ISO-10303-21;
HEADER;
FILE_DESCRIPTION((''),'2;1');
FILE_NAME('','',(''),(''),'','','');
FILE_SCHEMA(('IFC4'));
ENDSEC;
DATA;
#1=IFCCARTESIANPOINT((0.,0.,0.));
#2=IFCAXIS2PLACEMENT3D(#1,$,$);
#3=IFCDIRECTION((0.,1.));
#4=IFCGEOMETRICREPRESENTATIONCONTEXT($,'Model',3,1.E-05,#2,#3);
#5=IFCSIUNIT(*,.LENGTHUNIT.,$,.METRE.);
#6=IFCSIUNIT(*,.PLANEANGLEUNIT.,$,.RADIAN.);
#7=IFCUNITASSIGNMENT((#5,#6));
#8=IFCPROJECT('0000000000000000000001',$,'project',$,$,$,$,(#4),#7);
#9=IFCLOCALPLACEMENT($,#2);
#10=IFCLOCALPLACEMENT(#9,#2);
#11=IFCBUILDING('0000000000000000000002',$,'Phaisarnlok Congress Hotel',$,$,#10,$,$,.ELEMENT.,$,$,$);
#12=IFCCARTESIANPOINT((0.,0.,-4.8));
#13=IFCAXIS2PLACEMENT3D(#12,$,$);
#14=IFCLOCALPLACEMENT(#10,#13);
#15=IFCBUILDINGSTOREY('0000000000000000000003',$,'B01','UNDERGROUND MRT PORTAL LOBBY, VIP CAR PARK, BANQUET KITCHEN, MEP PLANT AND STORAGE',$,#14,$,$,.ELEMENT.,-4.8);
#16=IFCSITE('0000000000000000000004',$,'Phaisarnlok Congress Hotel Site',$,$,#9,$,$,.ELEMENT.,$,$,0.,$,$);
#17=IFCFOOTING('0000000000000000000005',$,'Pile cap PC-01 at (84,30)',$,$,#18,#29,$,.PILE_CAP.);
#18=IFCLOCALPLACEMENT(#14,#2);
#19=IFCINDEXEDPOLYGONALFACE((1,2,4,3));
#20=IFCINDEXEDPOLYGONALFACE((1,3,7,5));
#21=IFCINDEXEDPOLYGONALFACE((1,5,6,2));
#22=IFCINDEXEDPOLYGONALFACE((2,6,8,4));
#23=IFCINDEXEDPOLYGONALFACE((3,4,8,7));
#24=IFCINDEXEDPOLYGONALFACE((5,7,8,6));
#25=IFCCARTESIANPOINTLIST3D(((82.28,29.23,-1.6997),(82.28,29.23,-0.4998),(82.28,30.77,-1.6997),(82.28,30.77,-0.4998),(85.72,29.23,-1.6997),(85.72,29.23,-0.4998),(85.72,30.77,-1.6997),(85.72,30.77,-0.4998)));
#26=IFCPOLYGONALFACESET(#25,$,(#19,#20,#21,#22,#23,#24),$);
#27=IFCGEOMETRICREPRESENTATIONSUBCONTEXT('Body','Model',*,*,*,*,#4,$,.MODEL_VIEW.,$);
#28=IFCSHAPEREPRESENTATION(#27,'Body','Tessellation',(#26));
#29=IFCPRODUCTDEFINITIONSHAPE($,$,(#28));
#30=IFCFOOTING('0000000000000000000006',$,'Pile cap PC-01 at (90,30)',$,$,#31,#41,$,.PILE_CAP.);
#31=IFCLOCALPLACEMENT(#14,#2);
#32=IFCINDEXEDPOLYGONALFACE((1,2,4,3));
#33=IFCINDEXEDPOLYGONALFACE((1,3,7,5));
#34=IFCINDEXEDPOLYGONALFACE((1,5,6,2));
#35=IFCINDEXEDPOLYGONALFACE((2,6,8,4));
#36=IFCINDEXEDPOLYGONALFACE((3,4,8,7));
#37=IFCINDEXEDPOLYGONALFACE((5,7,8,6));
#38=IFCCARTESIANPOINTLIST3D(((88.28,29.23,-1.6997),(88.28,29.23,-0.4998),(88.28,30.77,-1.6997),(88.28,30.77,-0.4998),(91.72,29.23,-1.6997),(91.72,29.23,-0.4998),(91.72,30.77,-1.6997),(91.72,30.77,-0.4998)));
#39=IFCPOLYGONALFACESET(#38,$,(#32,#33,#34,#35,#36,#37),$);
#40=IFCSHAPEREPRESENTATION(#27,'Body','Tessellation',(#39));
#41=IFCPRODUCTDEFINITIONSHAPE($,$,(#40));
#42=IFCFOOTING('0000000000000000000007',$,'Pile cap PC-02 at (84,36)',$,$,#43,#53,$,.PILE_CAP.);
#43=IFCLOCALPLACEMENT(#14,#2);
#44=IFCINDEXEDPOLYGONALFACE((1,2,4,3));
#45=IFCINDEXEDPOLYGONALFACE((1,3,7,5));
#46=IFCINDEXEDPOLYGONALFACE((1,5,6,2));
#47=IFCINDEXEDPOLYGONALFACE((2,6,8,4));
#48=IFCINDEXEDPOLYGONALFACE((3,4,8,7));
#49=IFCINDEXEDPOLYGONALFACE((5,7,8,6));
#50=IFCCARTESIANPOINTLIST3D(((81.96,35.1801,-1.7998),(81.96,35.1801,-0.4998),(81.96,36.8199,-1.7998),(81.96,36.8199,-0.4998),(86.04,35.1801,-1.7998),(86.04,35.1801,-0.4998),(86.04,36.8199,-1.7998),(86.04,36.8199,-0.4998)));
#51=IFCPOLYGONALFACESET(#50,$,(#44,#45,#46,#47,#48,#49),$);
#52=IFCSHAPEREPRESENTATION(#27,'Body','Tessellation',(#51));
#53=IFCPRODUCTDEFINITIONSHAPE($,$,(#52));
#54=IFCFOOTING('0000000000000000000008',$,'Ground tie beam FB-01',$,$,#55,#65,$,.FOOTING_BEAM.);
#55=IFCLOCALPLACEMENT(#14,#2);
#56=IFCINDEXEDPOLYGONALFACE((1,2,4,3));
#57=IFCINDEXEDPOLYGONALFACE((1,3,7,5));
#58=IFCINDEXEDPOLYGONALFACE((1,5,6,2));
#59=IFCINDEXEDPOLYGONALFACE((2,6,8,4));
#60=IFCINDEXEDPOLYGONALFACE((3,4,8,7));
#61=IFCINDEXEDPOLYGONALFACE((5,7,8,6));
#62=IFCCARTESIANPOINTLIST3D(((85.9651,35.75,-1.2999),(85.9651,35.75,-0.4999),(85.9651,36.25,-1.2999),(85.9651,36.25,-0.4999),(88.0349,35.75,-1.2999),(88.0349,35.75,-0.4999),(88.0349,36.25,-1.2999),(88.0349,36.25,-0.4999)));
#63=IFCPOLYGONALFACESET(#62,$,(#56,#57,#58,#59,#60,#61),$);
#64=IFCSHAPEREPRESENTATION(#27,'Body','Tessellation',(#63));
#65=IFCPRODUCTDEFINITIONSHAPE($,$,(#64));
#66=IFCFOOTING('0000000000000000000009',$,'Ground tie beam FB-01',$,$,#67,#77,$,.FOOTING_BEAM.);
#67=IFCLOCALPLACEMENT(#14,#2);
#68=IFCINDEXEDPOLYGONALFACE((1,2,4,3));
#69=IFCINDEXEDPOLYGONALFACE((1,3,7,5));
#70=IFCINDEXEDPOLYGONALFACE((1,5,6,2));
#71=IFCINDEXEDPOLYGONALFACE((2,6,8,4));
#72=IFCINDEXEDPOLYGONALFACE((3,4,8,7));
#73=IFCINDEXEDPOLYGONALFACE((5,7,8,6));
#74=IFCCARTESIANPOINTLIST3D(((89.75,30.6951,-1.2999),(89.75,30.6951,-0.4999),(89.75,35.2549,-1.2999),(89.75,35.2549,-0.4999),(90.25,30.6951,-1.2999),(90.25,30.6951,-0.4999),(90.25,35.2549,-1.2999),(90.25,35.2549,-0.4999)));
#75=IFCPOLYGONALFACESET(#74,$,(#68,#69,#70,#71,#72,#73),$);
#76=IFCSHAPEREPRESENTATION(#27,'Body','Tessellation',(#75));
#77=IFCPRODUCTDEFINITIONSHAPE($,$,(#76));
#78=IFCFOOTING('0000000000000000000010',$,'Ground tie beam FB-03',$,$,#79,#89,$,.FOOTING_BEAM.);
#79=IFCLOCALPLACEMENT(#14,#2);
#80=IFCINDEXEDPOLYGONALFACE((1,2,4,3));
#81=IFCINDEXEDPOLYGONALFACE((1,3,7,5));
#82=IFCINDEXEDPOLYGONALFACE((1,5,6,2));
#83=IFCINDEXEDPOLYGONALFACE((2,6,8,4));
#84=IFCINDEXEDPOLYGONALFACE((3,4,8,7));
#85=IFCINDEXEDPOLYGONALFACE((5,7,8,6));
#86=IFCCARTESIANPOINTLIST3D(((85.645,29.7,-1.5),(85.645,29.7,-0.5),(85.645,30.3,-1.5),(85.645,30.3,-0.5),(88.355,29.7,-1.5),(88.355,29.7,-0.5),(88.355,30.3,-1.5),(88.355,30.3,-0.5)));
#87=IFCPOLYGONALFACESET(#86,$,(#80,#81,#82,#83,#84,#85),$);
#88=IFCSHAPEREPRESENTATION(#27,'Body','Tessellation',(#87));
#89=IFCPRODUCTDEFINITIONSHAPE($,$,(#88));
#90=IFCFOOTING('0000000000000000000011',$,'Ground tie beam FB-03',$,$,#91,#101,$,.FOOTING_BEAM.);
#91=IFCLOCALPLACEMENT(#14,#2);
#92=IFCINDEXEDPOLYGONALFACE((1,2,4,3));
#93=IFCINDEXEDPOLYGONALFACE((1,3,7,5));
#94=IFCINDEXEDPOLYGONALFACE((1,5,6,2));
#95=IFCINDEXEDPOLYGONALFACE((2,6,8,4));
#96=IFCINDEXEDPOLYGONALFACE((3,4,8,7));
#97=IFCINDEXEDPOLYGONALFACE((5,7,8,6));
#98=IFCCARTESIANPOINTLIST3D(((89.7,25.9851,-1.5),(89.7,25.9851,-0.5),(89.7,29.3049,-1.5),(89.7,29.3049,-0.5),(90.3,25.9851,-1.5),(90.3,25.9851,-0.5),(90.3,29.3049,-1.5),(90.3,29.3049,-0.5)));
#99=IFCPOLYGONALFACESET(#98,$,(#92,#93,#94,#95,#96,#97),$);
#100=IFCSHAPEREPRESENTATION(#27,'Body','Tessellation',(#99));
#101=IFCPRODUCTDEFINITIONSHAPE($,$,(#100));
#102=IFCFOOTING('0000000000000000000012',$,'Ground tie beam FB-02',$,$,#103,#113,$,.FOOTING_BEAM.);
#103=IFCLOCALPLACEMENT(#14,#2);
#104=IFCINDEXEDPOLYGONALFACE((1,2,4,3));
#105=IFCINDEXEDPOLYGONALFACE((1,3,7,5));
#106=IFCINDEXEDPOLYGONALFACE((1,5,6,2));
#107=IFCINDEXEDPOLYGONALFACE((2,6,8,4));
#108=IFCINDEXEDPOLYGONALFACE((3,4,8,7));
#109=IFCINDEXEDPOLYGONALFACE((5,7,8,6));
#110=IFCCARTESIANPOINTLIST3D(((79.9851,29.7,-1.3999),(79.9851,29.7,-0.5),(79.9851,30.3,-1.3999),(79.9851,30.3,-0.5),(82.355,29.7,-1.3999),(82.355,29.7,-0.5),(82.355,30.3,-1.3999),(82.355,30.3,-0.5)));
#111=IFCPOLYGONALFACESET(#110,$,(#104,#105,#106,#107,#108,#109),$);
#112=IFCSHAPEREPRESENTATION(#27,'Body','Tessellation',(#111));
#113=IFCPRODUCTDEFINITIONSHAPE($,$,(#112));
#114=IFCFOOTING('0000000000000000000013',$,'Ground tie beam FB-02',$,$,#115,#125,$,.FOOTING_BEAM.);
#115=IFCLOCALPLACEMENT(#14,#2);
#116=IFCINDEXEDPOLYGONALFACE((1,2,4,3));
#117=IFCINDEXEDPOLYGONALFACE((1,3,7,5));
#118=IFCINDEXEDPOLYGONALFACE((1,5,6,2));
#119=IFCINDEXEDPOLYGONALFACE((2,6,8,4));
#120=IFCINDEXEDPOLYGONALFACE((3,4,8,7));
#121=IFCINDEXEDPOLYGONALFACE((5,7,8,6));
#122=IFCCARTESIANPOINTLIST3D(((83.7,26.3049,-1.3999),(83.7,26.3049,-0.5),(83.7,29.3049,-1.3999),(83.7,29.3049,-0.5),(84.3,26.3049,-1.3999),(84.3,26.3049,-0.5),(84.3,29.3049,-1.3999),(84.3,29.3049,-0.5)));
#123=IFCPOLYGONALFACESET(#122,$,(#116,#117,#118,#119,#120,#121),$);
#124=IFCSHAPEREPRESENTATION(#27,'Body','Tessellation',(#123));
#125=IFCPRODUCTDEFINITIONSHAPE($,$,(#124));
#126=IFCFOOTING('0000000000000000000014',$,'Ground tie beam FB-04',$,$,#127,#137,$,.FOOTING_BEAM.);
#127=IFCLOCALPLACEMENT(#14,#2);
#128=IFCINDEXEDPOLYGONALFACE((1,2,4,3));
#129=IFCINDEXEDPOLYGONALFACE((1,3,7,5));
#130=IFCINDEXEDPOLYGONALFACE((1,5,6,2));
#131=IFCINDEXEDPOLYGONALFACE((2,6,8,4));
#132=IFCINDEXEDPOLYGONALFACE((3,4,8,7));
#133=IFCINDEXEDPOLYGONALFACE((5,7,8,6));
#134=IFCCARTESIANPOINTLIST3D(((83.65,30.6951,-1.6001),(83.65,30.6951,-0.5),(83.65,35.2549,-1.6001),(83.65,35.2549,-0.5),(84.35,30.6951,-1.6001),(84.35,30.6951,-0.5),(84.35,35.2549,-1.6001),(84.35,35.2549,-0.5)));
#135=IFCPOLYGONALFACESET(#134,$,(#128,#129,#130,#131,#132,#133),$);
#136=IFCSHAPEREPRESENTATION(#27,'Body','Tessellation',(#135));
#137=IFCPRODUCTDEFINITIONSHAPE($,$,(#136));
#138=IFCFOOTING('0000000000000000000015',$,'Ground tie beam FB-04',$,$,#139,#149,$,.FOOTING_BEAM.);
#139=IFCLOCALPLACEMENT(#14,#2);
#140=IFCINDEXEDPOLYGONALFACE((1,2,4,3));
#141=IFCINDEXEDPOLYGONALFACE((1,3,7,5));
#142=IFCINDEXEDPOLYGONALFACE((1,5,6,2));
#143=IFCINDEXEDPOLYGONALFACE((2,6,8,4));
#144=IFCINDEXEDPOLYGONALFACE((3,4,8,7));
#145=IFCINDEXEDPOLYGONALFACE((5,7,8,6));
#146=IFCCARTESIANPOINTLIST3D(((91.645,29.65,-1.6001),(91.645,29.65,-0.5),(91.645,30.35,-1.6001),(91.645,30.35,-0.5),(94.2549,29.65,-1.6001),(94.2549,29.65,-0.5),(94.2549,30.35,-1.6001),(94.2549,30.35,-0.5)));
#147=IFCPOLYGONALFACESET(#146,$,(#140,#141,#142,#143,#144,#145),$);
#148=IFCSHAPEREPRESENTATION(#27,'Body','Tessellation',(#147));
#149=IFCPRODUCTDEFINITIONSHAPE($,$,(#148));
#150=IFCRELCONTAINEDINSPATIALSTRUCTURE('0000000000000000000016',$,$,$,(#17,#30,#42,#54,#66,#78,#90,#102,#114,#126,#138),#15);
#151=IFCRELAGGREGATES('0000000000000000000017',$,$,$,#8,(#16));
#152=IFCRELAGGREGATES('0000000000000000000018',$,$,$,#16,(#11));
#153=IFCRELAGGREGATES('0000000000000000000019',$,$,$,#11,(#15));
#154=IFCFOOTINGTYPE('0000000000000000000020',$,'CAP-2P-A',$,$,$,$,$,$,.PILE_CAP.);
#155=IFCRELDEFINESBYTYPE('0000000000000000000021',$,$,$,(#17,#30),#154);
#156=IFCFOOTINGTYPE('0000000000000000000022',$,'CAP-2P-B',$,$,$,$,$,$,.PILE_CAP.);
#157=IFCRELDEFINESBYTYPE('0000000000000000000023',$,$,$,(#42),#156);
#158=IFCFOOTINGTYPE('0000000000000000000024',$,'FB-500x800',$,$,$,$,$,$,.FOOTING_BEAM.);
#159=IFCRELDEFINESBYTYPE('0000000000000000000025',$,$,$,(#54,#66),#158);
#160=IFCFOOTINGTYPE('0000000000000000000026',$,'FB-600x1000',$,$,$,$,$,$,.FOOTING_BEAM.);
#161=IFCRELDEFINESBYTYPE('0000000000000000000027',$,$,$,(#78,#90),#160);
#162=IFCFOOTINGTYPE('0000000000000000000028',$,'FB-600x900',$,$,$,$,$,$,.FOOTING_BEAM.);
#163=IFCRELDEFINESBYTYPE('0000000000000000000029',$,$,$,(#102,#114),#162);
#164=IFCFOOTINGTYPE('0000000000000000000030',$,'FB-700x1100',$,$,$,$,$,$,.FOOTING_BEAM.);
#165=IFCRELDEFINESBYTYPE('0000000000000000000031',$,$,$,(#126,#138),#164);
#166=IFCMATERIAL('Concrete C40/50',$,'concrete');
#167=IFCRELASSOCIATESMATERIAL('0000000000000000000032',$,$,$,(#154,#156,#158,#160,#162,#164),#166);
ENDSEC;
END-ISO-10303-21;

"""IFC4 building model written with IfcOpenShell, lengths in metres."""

from ifc_helpers import new_model, si_unit, direction, frame, origin, origin_2d, place, context, subcontext, project, spatial, rectangle, extrude, material, material_profile, profile_set, type_object, element, save


model = new_model("IFC4")

# Units and contexts
model_context = context("Model", 3, precision=1e-05, world=origin(), true_north=direction((0.0, 1.0)))
body_context = subcontext(model_context, "Body", "Model", "MODEL_VIEW")
ifc_project = project(units=[si_unit("LENGTHUNIT", "METRE"), si_unit("PLANEANGLEUNIT", "RADIAN")], contexts=[model_context])

# Site, building, storey
site_placement = place(None, origin())
site = spatial("IfcSite", under=ifc_project, at=site_placement, Name="Phaisarnlok Congress Hotel Site", CompositionType="ELEMENT", RefElevation=0.0)
building_placement = place(site_placement, origin())
building = spatial("IfcBuilding", under=site, at=building_placement, Name="Phaisarnlok Congress Hotel", CompositionType="ELEMENT")
storey_placement = place(building_placement, frame((0.0, 0.0, -4.8)))
storey = spatial("IfcBuildingStorey", under=building, at=storey_placement, Name="B01", Description="UNDERGROUND MRT PORTAL LOBBY, VIP CAR PARK, BANQUET KITCHEN, MEP PLANT AND STORAGE", CompositionType="ELEMENT", Elevation=-4.8)

# Footings
ifc_material_1 = material(Name="Concrete C40/50", Category="concrete")
footing_type_1 = type_object("IfcFootingType", Name="CAP-2P-A", PredefinedType="PILE_CAP", material=ifc_material_1)
for number, where, z_axis, x_axis, name in (
    (1, (84.0, 30.0, -1.6997), (0.0, 0.0, 1.0), (1.0, 0.0, 0.0), "Pile cap PC-01 at (84,30)"),
    (2, (90.0, 30.0, -1.6997), (0.0, 0.0, 1.0), (1.0, 0.0, 0.0), "Pile cap PC-01 at (90,30)"),
):
    element("IfcFooting", number, at=place(storey_placement, frame(where, z_axis=z_axis, x_axis=x_axis)), inside=storey, type_object=footing_type_1, Name=name, PredefinedType="PILE_CAP", context=body_context, shape_type="SweptSolid", body=[
        extrude(rectangle(XDim=3.4399, YDim=1.54, at=origin_2d()), origin(), (0.0, 0.0, 1.0), 1.2),
    ])
footing_type_2 = type_object("IfcFootingType", Name="CAP-2P-B", PredefinedType="PILE_CAP", material=ifc_material_1)
footing_1_placement = place(storey_placement, frame((84.0, 36.0, -1.7998), z_axis=(0.0, 0.0, 1.0), x_axis=(1.0, 0.0, 0.0)))
element("IfcFooting", 3, at=footing_1_placement, inside=storey, type_object=footing_type_2, Name="Pile cap PC-02 at (84,36)", PredefinedType="PILE_CAP", context=body_context, shape_type="SweptSolid", body=[
    extrude(rectangle(XDim=4.0801, YDim=1.6399, at=origin_2d()), origin(), (0.0, 0.0, 1.0), 1.3),
])
ifc_material_profile_1 = material_profile(ifc_material_1, rectangle(XDim=0.5, YDim=0.8, at=origin_2d()), Name="FB-500x800")
ifc_profile_set_1 = profile_set([ifc_material_profile_1], Name="Concrete C40/50")
footing_type_3 = type_object("IfcFootingType", Name="FB-500x800", PredefinedType="FOOTING_BEAM", material=ifc_profile_set_1)
footing_2_placement = place(storey_placement, frame((85.9651, 36.0, -0.8999), z_axis=(1.0, 0.0, 0.0), x_axis=(0.0, 1.0, 0.0)))
element("IfcFooting", 4, at=footing_2_placement, inside=storey, type_object=footing_type_3, Name="Ground tie beam FB-01", PredefinedType="FOOTING_BEAM", context=body_context, shape_type="SweptSolid", body=[
    extrude(rectangle(XDim=0.5, YDim=0.8, at=origin_2d()), origin(), (0.0, 0.0, 1.0), 2.0698),
])
footing_3_placement = place(storey_placement, frame((90.0, 30.6951, -0.8999), z_axis=(0.0, 1.0, 0.0), x_axis=(-1.0, 0.0, 0.0)))
element("IfcFooting", 5, at=footing_3_placement, inside=storey, type_object=footing_type_3, Name="Ground tie beam FB-01", PredefinedType="FOOTING_BEAM", context=body_context, shape_type="SweptSolid", body=[
    extrude(rectangle(XDim=0.5, YDim=0.8, at=origin_2d()), origin(), (0.0, 0.0, 1.0), 4.5598),
])
ifc_material_profile_2 = material_profile(ifc_material_1, rectangle(XDim=0.6001, YDim=1.0, at=origin_2d()), Name="FB-600x1000")
ifc_profile_set_2 = profile_set([ifc_material_profile_2], Name="Concrete C40/50")
footing_type_4 = type_object("IfcFootingType", Name="FB-600x1000", PredefinedType="FOOTING_BEAM", material=ifc_profile_set_2)
footing_4_placement = place(storey_placement, frame((85.645, 30.0, -1.0), z_axis=(1.0, 0.0, 0.0), x_axis=(0.0, 1.0, 0.0)))
element("IfcFooting", 6, at=footing_4_placement, inside=storey, type_object=footing_type_4, Name="Ground tie beam FB-03", PredefinedType="FOOTING_BEAM", context=body_context, shape_type="SweptSolid", body=[
    extrude(rectangle(XDim=0.6001, YDim=1.0, at=origin_2d()), origin(), (0.0, 0.0, 1.0), 2.71),
])
footing_5_placement = place(storey_placement, frame((90.0, 25.9851, -1.0), z_axis=(0.0, 1.0, 0.0), x_axis=(-1.0, 0.0, 0.0)))
element("IfcFooting", 7, at=footing_5_placement, inside=storey, type_object=footing_type_4, Name="Ground tie beam FB-03", PredefinedType="FOOTING_BEAM", context=body_context, shape_type="SweptSolid", body=[
    extrude(rectangle(XDim=0.6001, YDim=1.0, at=origin_2d()), origin(), (0.0, 0.0, 1.0), 3.3198),
])
ifc_material_profile_3 = material_profile(ifc_material_1, rectangle(XDim=0.6001, YDim=0.8999, at=origin_2d()), Name="FB-600x900")
ifc_profile_set_3 = profile_set([ifc_material_profile_3], Name="Concrete C40/50")
footing_type_5 = type_object("IfcFootingType", Name="FB-600x900", PredefinedType="FOOTING_BEAM", material=ifc_profile_set_3)
footing_6_placement = place(storey_placement, frame((79.9851, 30.0, -0.95), z_axis=(1.0, 0.0, 0.0), x_axis=(0.0, 1.0, 0.0)))
element("IfcFooting", 8, at=footing_6_placement, inside=storey, type_object=footing_type_5, Name="Ground tie beam FB-02", PredefinedType="FOOTING_BEAM", context=body_context, shape_type="SweptSolid", body=[
    extrude(rectangle(XDim=0.6001, YDim=0.8999, at=origin_2d()), origin(), (0.0, 0.0, 1.0), 2.3699),
])
footing_7_placement = place(storey_placement, frame((84.0, 26.3049, -0.95), z_axis=(0.0, 1.0, 0.0), x_axis=(-1.0, 0.0, 0.0)))
element("IfcFooting", 9, at=footing_7_placement, inside=storey, type_object=footing_type_5, Name="Ground tie beam FB-02", PredefinedType="FOOTING_BEAM", context=body_context, shape_type="SweptSolid", body=[
    extrude(rectangle(XDim=0.6001, YDim=0.8999, at=origin_2d()), origin(), (0.0, 0.0, 1.0), 3.0),
])
ifc_material_profile_4 = material_profile(ifc_material_1, rectangle(XDim=0.7, YDim=1.1001, at=origin_2d()), Name="FB-700x1100")
ifc_profile_set_4 = profile_set([ifc_material_profile_4], Name="Concrete C40/50")
footing_type_6 = type_object("IfcFootingType", Name="FB-700x1100", PredefinedType="FOOTING_BEAM", material=ifc_profile_set_4)
footing_8_placement = place(storey_placement, frame((84.0, 30.6951, -1.05), z_axis=(0.0, 1.0, 0.0), x_axis=(-1.0, 0.0, 0.0)))
element("IfcFooting", 10, at=footing_8_placement, inside=storey, type_object=footing_type_6, Name="Ground tie beam FB-04", PredefinedType="FOOTING_BEAM", context=body_context, shape_type="SweptSolid", body=[
    extrude(rectangle(XDim=0.7, YDim=1.1001, at=origin_2d()), origin(), (0.0, 0.0, 1.0), 4.5598),
])
footing_9_placement = place(storey_placement, frame((91.645, 30.0, -1.05), z_axis=(1.0, 0.0, 0.0), x_axis=(0.0, 1.0, 0.0)))
element("IfcFooting", 11, at=footing_9_placement, inside=storey, type_object=footing_type_6, Name="Ground tie beam FB-04", PredefinedType="FOOTING_BEAM", context=body_context, shape_type="SweptSolid", body=[
    extrude(rectangle(XDim=0.7, YDim=1.1001, at=origin_2d()), origin(), (0.0, 0.0, 1.0), 2.6099),
])

save(model, "model.ifc")
